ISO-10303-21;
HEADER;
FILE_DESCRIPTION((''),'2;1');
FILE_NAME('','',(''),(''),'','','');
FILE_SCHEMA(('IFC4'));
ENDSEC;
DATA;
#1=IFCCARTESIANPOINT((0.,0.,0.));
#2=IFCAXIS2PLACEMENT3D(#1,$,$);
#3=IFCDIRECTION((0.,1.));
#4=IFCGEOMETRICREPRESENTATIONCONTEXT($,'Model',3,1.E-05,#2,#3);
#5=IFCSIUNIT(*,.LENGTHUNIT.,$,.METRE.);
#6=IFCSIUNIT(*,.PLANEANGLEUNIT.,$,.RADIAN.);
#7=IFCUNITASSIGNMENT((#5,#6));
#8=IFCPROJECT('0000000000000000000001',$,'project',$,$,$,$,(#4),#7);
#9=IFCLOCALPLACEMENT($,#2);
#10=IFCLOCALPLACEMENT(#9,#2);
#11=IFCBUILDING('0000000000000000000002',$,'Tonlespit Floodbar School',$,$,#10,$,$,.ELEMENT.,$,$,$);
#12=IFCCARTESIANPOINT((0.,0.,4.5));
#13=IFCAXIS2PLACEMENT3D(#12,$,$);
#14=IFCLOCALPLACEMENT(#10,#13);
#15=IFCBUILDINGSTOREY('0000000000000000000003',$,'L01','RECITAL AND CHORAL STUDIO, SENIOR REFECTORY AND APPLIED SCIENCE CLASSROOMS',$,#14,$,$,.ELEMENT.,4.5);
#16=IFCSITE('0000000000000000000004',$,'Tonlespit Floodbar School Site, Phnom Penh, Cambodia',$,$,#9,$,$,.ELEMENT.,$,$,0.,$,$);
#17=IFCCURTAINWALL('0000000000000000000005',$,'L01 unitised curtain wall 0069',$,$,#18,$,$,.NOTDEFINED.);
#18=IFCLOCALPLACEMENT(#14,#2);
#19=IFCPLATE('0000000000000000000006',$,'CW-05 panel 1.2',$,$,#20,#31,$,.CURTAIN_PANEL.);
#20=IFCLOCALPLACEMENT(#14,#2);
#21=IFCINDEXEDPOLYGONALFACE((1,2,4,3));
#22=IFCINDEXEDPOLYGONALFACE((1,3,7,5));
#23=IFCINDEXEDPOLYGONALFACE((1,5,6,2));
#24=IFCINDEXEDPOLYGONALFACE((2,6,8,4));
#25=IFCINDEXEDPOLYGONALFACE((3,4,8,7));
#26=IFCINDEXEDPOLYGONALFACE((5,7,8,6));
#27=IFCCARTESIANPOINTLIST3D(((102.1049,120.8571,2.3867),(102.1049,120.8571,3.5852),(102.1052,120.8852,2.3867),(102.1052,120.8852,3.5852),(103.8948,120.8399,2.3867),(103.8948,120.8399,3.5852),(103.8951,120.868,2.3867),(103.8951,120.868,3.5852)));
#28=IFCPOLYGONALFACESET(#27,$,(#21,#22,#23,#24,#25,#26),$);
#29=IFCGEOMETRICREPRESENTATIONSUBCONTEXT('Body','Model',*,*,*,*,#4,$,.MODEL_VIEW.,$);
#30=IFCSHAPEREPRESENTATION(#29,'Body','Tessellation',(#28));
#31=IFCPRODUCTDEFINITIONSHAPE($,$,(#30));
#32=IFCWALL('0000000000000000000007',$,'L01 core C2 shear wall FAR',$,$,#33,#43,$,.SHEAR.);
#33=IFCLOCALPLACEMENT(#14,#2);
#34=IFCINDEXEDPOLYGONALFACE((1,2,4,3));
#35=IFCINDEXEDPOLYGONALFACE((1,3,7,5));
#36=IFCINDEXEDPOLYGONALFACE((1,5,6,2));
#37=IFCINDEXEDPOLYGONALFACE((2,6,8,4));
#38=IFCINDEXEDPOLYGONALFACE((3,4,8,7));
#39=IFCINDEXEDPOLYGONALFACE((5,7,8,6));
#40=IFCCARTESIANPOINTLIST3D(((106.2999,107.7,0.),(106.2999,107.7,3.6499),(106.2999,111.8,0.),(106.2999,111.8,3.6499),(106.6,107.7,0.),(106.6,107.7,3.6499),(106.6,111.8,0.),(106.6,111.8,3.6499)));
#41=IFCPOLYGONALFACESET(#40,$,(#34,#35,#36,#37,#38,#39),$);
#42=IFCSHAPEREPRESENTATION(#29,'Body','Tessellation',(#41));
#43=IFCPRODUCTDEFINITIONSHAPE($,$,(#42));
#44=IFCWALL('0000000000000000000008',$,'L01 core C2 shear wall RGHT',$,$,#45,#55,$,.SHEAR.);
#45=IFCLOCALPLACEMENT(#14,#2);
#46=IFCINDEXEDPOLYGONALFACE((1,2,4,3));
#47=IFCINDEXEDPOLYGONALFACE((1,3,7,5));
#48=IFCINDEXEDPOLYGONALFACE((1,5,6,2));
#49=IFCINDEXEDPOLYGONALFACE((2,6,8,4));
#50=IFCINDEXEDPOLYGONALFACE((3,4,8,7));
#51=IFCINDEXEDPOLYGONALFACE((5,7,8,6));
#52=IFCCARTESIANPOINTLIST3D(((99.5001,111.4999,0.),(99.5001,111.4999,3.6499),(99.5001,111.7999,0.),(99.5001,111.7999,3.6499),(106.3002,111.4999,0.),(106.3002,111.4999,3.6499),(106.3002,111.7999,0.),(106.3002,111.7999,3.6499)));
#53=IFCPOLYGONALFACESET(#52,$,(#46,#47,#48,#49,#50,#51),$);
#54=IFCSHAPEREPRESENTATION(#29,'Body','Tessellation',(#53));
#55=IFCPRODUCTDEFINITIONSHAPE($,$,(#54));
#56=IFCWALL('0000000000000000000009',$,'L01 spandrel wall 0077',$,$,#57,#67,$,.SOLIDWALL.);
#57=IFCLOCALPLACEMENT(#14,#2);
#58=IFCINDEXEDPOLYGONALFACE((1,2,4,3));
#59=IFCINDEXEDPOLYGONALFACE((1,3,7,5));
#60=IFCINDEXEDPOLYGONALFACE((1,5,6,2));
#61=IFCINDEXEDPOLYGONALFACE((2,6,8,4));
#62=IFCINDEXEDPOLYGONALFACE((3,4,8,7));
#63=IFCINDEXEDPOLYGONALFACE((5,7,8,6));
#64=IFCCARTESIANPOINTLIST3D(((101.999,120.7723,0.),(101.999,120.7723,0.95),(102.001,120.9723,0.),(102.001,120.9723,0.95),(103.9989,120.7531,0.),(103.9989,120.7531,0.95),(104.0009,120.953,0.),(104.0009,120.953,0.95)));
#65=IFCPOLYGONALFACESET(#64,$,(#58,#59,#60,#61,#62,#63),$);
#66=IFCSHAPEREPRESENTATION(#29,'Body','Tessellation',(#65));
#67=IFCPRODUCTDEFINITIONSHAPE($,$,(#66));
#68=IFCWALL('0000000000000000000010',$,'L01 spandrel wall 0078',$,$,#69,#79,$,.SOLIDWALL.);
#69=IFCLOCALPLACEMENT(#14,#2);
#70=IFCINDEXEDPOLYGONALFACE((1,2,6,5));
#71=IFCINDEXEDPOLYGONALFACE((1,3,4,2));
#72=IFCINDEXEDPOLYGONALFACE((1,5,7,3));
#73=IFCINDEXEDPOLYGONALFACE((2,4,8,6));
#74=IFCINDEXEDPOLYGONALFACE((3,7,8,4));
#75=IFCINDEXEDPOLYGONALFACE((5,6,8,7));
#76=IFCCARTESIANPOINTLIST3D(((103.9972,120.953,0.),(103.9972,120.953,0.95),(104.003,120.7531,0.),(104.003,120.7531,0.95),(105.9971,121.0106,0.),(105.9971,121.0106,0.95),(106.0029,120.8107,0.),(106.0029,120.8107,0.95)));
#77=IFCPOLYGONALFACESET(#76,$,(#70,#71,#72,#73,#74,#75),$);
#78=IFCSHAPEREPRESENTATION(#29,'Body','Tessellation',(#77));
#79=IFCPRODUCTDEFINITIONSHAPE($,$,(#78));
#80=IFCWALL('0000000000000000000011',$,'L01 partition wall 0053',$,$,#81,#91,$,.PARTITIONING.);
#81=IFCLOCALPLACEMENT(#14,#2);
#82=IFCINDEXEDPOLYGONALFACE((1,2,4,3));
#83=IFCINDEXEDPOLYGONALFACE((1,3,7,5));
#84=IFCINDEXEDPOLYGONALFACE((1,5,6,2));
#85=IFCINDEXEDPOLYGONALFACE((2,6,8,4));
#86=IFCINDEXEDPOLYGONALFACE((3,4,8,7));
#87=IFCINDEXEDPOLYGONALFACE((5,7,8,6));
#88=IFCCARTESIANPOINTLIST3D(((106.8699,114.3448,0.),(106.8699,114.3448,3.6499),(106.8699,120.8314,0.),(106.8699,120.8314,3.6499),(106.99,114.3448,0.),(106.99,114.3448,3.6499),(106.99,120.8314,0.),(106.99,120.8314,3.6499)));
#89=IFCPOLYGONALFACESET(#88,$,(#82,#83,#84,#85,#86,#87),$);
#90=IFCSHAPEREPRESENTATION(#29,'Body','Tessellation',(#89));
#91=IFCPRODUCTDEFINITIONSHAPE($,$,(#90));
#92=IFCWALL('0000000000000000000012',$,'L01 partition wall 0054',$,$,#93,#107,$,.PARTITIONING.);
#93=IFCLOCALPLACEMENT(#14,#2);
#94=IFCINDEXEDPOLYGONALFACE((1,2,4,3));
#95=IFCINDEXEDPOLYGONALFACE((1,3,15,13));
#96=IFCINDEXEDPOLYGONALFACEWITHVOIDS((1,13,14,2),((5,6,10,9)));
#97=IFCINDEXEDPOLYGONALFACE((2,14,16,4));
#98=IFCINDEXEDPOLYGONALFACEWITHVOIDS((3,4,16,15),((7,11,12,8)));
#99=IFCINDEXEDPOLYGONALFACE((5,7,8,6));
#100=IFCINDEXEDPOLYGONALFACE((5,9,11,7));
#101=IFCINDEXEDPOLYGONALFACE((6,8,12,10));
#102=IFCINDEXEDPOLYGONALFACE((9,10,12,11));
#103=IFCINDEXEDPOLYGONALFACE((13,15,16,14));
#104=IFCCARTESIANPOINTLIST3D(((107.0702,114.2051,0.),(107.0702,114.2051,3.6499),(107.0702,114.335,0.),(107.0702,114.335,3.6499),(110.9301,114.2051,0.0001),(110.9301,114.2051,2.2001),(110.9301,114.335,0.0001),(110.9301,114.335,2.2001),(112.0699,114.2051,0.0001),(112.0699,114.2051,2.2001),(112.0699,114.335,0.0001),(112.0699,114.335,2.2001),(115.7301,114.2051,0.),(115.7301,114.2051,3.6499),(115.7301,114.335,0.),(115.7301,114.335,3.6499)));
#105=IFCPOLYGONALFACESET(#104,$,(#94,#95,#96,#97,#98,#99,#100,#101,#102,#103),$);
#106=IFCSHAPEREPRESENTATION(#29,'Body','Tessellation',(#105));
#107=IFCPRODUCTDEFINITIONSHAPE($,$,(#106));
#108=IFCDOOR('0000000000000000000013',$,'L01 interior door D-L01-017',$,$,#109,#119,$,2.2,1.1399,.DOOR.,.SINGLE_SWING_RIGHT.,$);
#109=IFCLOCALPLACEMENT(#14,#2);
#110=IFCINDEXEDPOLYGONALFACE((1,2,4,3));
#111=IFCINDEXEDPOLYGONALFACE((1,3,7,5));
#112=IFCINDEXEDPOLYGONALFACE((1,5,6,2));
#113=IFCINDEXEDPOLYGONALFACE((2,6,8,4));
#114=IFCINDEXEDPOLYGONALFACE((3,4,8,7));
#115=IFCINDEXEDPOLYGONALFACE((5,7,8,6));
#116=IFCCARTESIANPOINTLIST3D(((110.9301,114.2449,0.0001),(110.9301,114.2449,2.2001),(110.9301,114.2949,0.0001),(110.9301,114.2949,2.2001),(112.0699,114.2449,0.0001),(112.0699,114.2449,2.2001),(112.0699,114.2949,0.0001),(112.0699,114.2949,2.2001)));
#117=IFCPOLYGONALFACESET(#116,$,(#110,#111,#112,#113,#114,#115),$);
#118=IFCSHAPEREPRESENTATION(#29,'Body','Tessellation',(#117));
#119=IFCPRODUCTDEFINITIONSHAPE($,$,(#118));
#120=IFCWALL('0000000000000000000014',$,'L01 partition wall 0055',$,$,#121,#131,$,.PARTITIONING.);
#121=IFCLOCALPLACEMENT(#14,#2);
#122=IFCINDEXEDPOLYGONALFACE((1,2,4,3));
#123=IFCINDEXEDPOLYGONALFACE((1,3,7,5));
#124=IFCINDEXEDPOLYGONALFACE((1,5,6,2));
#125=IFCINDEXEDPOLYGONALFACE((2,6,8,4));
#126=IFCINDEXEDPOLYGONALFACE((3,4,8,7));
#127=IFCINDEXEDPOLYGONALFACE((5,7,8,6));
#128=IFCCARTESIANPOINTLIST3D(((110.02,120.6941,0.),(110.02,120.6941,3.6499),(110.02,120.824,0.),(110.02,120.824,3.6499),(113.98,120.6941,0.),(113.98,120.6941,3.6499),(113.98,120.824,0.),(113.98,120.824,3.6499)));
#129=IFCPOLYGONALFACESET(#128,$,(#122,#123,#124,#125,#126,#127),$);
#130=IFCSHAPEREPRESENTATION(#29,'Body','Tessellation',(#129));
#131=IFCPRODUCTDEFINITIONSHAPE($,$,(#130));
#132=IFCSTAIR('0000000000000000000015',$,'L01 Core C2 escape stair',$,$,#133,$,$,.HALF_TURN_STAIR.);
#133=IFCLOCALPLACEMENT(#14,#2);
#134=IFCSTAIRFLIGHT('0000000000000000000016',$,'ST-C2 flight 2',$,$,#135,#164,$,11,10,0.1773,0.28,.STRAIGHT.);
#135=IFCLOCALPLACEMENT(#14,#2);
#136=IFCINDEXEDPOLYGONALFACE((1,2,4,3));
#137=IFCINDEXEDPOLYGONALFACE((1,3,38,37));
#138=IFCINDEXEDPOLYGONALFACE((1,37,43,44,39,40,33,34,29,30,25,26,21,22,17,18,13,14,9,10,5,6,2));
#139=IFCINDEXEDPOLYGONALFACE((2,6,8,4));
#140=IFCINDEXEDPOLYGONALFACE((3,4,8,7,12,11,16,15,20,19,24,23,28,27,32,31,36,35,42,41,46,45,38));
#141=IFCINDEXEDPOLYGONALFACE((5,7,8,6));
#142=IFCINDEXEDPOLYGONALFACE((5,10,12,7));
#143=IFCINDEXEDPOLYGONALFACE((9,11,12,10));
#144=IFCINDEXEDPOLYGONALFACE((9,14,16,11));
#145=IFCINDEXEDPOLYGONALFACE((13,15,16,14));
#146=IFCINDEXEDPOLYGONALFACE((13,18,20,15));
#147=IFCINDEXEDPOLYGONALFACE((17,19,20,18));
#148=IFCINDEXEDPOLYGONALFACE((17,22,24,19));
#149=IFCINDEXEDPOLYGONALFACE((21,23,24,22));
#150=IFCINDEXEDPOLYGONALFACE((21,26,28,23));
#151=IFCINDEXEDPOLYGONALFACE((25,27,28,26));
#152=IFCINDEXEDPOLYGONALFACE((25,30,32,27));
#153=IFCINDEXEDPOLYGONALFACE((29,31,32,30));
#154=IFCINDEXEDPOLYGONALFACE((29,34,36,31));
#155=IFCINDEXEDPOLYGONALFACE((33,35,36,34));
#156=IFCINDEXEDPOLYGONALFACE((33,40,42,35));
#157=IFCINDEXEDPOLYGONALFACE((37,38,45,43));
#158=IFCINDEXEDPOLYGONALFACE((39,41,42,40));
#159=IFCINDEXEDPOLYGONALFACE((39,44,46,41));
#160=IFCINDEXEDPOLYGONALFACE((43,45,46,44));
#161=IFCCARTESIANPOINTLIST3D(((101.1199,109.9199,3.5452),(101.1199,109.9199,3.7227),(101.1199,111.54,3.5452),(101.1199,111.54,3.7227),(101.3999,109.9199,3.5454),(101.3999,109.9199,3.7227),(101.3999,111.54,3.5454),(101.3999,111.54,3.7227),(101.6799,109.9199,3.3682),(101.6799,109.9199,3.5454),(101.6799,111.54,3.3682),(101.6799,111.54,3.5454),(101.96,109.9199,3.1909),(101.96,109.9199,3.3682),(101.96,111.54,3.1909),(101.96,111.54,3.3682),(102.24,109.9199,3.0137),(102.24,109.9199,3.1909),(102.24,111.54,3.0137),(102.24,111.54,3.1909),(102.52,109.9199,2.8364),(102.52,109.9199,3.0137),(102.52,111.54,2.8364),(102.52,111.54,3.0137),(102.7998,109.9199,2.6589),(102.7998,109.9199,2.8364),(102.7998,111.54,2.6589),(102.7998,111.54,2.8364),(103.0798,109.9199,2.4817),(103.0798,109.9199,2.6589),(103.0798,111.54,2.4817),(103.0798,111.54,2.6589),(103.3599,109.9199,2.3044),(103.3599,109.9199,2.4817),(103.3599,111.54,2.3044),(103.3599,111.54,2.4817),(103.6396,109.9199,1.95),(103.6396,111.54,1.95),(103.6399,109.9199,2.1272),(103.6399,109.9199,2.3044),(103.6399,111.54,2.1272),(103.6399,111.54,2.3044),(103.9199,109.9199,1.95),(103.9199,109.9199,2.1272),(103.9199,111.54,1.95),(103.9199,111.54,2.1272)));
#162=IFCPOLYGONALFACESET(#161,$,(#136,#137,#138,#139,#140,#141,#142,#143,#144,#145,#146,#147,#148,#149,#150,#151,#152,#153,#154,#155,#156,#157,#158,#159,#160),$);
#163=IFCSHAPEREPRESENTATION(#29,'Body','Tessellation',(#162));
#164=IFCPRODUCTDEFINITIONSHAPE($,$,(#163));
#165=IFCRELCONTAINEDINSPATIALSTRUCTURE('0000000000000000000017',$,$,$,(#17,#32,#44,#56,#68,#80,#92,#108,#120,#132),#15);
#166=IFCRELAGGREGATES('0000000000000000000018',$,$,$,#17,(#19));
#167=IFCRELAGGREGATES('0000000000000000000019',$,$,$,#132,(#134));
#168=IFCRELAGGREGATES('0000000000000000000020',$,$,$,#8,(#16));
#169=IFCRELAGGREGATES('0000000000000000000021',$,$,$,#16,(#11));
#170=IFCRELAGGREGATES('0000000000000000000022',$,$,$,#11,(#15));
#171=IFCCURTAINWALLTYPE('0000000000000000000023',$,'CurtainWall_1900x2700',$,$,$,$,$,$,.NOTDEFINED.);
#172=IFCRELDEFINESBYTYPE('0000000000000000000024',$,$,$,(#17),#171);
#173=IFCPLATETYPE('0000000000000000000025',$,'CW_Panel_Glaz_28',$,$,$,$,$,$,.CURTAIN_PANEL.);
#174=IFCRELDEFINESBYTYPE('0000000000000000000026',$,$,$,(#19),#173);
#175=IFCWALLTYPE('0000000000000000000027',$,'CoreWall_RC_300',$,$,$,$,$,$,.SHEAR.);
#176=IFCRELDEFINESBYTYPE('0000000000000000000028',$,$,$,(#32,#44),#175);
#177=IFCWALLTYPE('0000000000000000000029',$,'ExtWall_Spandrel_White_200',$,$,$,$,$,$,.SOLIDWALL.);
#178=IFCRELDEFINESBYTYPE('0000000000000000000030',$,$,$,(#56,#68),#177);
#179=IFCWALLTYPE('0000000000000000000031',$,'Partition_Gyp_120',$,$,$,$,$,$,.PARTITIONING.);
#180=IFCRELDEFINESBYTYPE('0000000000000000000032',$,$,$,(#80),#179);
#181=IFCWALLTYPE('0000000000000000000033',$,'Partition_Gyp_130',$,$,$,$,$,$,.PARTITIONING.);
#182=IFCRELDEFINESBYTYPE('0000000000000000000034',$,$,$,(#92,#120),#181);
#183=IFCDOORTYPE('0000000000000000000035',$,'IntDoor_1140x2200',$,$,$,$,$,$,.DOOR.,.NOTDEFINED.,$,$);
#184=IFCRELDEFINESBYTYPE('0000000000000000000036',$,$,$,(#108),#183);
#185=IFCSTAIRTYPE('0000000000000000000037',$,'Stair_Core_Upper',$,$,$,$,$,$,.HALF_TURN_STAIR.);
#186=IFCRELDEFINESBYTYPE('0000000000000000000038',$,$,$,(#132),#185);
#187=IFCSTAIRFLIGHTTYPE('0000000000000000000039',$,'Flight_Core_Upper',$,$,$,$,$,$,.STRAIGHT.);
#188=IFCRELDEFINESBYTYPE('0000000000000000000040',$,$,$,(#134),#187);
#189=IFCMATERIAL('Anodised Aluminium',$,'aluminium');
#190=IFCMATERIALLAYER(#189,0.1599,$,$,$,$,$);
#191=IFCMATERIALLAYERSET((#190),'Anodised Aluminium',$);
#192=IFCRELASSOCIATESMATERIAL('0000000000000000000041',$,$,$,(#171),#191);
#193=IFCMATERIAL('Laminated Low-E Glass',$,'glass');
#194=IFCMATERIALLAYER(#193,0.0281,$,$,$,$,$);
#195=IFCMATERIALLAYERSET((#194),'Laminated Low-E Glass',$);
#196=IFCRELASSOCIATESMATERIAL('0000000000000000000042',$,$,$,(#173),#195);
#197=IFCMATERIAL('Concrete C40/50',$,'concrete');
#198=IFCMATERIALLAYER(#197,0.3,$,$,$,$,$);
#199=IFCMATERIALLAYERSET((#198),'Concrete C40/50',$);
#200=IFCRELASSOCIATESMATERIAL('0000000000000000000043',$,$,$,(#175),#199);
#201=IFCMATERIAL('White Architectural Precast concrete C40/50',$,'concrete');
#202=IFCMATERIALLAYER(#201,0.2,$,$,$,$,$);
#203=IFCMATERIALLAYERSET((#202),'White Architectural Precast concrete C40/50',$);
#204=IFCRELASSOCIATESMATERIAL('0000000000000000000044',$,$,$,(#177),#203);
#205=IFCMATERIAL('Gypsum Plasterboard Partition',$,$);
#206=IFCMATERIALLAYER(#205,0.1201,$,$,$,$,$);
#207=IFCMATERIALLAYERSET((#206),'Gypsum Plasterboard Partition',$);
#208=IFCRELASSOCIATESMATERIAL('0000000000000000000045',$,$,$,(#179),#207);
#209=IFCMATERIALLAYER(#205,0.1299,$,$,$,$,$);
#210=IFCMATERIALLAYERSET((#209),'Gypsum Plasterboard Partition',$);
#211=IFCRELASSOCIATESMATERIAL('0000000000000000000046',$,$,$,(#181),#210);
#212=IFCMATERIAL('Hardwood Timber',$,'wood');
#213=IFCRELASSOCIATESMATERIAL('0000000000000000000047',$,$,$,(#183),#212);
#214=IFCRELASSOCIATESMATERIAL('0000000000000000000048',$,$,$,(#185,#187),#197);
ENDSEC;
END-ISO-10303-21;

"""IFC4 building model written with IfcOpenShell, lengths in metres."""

from ifc_helpers import new_model, si_unit, direction, frame, frame_2d, origin, origin_2d, place, context, subcontext, project, spatial, polyline, rectangle, outline, extrude, material, layer, layer_set, type_object, element, fill, aggregate, save


model = new_model("IFC4")

# Units and contexts
model_context = context("Model", 3, precision=1e-05, world=origin(), true_north=direction((0.0, 1.0)))
body_context = subcontext(model_context, "Body", "Model", "MODEL_VIEW")
ifc_project = project(units=[si_unit("LENGTHUNIT", "METRE"), si_unit("PLANEANGLEUNIT", "RADIAN")], contexts=[model_context])

# Site, building, storey
site_placement = place(None, origin())
site = spatial("IfcSite", under=ifc_project, at=site_placement, Name="Tonlespit Floodbar School Site, Phnom Penh, Cambodia", CompositionType="ELEMENT", RefElevation=0.0)
building_placement = place(site_placement, origin())
building = spatial("IfcBuilding", under=site, at=building_placement, Name="Tonlespit Floodbar School", CompositionType="ELEMENT")
storey_placement = place(building_placement, frame((0.0, 0.0, 4.5)))
storey = spatial("IfcBuildingStorey", under=building, at=storey_placement, Name="L01", Description="RECITAL AND CHORAL STUDIO, SENIOR REFECTORY AND APPLIED SCIENCE CLASSROOMS", CompositionType="ELEMENT", Elevation=4.5)

# Shared definitions
ifc_material_1 = material(Name="Concrete C40/50", Category="concrete")

# Shared definitions
ifc_material_2 = material(Name="Anodised Aluminium", Category="aluminium")
ifc_layer_1 = layer(ifc_material_2, 0.1599)
ifc_layer_set_1 = layer_set([ifc_layer_1], Name="Anodised Aluminium")
curtain_wall_type = type_object("IfcCurtainWallType", Name="CurtainWall_1900x2700", PredefinedType="NOTDEFINED", material=ifc_layer_set_1)

# Curtain wall
curtain_wall_1_placement = place(storey_placement, origin())
curtain_wall_1 = element("IfcCurtainWall", 1, at=curtain_wall_1_placement, inside=storey, type_object=curtain_wall_type, Name="L01 unitised curtain wall 0069", PredefinedType="NOTDEFINED")

# Plate
ifc_material_3 = material(Name="Laminated Low-E Glass", Category="glass")
ifc_layer_2 = layer(ifc_material_3, 0.0281)
ifc_layer_set_2 = layer_set([ifc_layer_2], Name="Laminated Low-E Glass")
plate_type = type_object("IfcPlateType", Name="CW_Panel_Glaz_28", PredefinedType="CURTAIN_PANEL", material=ifc_layer_set_2)
plate_1_placement = place(storey_placement, frame((103.0, 120.8625, 2.3867), z_axis=(0.0, 0.0, 1.0), x_axis=(0.999954, -0.009583, 0.0)))
plate_1 = element("IfcPlate", 2, at=plate_1_placement, type_object=plate_type, Name="CW-05 panel 1.2", PredefinedType="CURTAIN_PANEL", context=body_context, shape_type="SweptSolid", body=[
    extrude(rectangle(XDim=1.79, YDim=0.0281, at=origin_2d()), origin(), (0.0, 0.0, 1.0), 1.1985),
])
aggregate(curtain_wall_1, [plate_1])

# Walls
ifc_layer_3 = layer(ifc_material_1, 0.3)
ifc_layer_set_3 = layer_set([ifc_layer_3], Name="Concrete C40/50")
wall_type_1 = type_object("IfcWallType", Name="CoreWall_RC_300", PredefinedType="SHEAR", material=ifc_layer_set_3)
wall_1_placement = place(storey_placement, frame((106.45, 111.8, 0.0), z_axis=(0.0, 0.0, 1.0), x_axis=(0.0, -1.0, 0.0)))
element("IfcWall", 3, at=wall_1_placement, inside=storey, type_object=wall_type_1, Name="L01 core C2 shear wall FAR", PredefinedType="SHEAR", context=body_context, shape_type="SweptSolid", body=[
    extrude(rectangle(XDim=4.1001, YDim=0.3, at=frame_2d((2.05, 0.0))), origin(), (0.0, 0.0, 1.0), 3.6499),
])
wall_2_placement = place(storey_placement, frame((106.3, 111.6499, 0.0), z_axis=(0.0, 0.0, 1.0), x_axis=(-1.0, 0.0, 0.0)))
element("IfcWall", 4, at=wall_2_placement, inside=storey, type_object=wall_type_1, Name="L01 core C2 shear wall RGHT", PredefinedType="SHEAR", context=body_context, shape_type="SweptSolid", body=[
    extrude(rectangle(XDim=6.8, YDim=0.3, at=frame_2d((3.3999, 0.0))), origin(), (0.0, 0.0, 1.0), 3.6499),
])
ifc_material_4 = material(Name="White Architectural Precast concrete C40/50", Category="concrete")
ifc_layer_4 = layer(ifc_material_4, 0.2)
ifc_layer_set_4 = layer_set([ifc_layer_4], Name="White Architectural Precast concrete C40/50")
wall_type_2 = type_object("IfcWallType", Name="ExtWall_Spandrel_White_200", PredefinedType="SOLIDWALL", material=ifc_layer_set_4)
wall_3_placement = place(storey_placement, frame((102.0, 120.8723, 0.0), z_axis=(0.0, 0.0, 1.0), x_axis=(0.999954, -0.009643, 0.0)))
element("IfcWall", 5, at=wall_3_placement, inside=storey, type_object=wall_type_2, Name="L01 spandrel wall 0077", PredefinedType="SOLIDWALL", context=body_context, shape_type="SweptSolid", body=[
    extrude(rectangle(XDim=2.0, YDim=0.2, at=frame_2d((1.0, 0.0))), origin(), (0.0, 0.0, 1.0), 0.95),
])
wall_4_placement = place(storey_placement, frame((104.0, 120.853, 0.0), z_axis=(0.0, 0.0, 1.0), x_axis=(0.999585, 0.028797, 0.0)))
element("IfcWall", 6, at=wall_4_placement, inside=storey, type_object=wall_type_2, Name="L01 spandrel wall 0078", PredefinedType="SOLIDWALL", context=body_context, shape_type="SweptSolid", body=[
    extrude(rectangle(XDim=2.0007, YDim=0.2, at=frame_2d((1.0005, 0.0))), origin(), (0.0, 0.0, 1.0), 0.95),
])
ifc_material_5 = material(Name="Gypsum Plasterboard Partition")
ifc_layer_5 = layer(ifc_material_5, 0.1201)
ifc_layer_set_5 = layer_set([ifc_layer_5], Name="Gypsum Plasterboard Partition")
wall_type_3 = type_object("IfcWallType", Name="Partition_Gyp_120", PredefinedType="PARTITIONING", material=ifc_layer_set_5)
wall_5_placement = place(storey_placement, frame((106.9299, 114.345, 0.0), z_axis=(0.0, 0.0, 1.0), x_axis=(0.0, 1.0, 0.0)))
element("IfcWall", 7, at=wall_5_placement, inside=storey, type_object=wall_type_3, Name="L01 partition wall 0053", PredefinedType="PARTITIONING", context=body_context, shape_type="SweptSolid", body=[
    extrude(rectangle(XDim=6.4866, YDim=0.1201, at=frame_2d((3.2432, 0.0))), origin(), (0.0, 0.0, 1.0), 3.6499),
])

# Wall, opening, door
ifc_layer_6 = layer(ifc_material_5, 0.1299)
ifc_layer_set_6 = layer_set([ifc_layer_6], Name="Gypsum Plasterboard Partition")
wall_type_4 = type_object("IfcWallType", Name="Partition_Gyp_130", PredefinedType="PARTITIONING", material=ifc_layer_set_6)
wall_6_placement = place(storey_placement, frame((107.0701, 114.27, 0.0), z_axis=(0.0, 0.0, 1.0), x_axis=(1.0, 0.0, 0.0)))
wall_6 = element("IfcWall", 8, at=wall_6_placement, inside=storey, type_object=wall_type_4, Name="L01 partition wall 0054", PredefinedType="PARTITIONING", context=body_context, shape_type="SweptSolid", body=[
    extrude(rectangle(XDim=8.6599, YDim=0.1299, at=frame_2d((4.3301, 0.0))), origin(), (0.0, 0.0, 1.0), 3.6499),
])
opening_placement = place(wall_6_placement, frame((3.8601, 0.0, 0.0)))
opening = element("IfcOpeningElement", 9, at=opening_placement, cuts=wall_6, PredefinedType="OPENING", context=body_context, shape_type="SweptSolid", body=[
    extrude(rectangle(XDim=1.1399, YDim=2.2, at=frame_2d((0.5698, 1.1001))), frame((0.0, 0.075, 0.0), z_axis=(0.0, -1.0, 0.0), x_axis=(1.0, 0.0, 0.0)), (0.0, 0.0, 1.0), 0.1499),
])
ifc_material_6 = material(Name="Hardwood Timber", Category="wood")
door_type = type_object("IfcDoorType", Name="IntDoor_1140x2200", OperationType="NOTDEFINED", PredefinedType="DOOR", material=ifc_material_6)
door_placement = place(opening_placement, origin())
door = element("IfcDoor", 10, at=door_placement, inside=storey, type_object=door_type, Name="L01 interior door D-L01-017", OperationType="SINGLE_SWING_RIGHT", OverallHeight=2.2, OverallWidth=1.1399, PredefinedType="DOOR", context=body_context, shape_type="SweptSolid", body=[
    extrude(rectangle(XDim=1.1399, YDim=2.2, at=frame_2d((0.5698, 1.1001))), frame((0.0, 0.0249, 0.0), z_axis=(0.0, -1.0, 0.0), x_axis=(1.0, 0.0, 0.0)), (0.0, 0.0, 1.0), 0.05),
])
fill(opening, door)

# Wall
wall_7_placement = place(storey_placement, frame((110.02, 120.759, 0.0), z_axis=(0.0, 0.0, 1.0), x_axis=(1.0, 0.0, 0.0)))
element("IfcWall", 11, at=wall_7_placement, inside=storey, type_object=wall_type_4, Name="L01 partition wall 0055", PredefinedType="PARTITIONING", context=body_context, shape_type="SweptSolid", body=[
    extrude(rectangle(XDim=3.96, YDim=0.1299, at=frame_2d((1.98, 0.0))), origin(), (0.0, 0.0, 1.0), 3.6499),
])

# Stair, stair flight
stair_type = type_object("IfcStairType", Name="Stair_Core_Upper", PredefinedType="HALF_TURN_STAIR", material=ifc_material_1)
stair_placement = place(storey_placement, origin())
stair = element("IfcStair", 12, at=stair_placement, inside=storey, type_object=stair_type, Name="L01 Core C2 escape stair", PredefinedType="HALF_TURN_STAIR")
stair_flight_type = type_object("IfcStairFlightType", Name="Flight_Core_Upper", PredefinedType="STRAIGHT", material=ifc_material_1)
stair_flight_placement = place(storey_placement, frame((103.9199, 110.73, 1.95), z_axis=(0.0, 0.0, 1.0), x_axis=(-1.0, 0.0, 0.0)))
stair_flight = element("IfcStairFlight", 13, at=stair_flight_placement, type_object=stair_flight_type, Name="ST-C2 flight 2", NumberOfRisers=11, NumberOfTreads=10, PredefinedType="STRAIGHT", RiserHeight=0.1773, TreadLength=0.28, context=body_context, shape_type="SweptSolid", body=[
    extrude(outline(polyline([(0.0, 0.0), (0.0, 0.1772), (0.28, 0.1772), (0.28, 0.3545), (0.5601, 0.3545), (0.5601, 0.5317), (0.8401, 0.5317), (0.8401, 0.709), (1.1201, 0.709), (1.1201, 0.8865), (1.3999, 0.8865), (1.3999, 1.0637), (1.6799, 1.0637), (1.6799, 1.241), (1.96, 1.241), (1.96, 1.4182), (2.24, 1.4182), (2.24, 1.5955), (2.52, 1.5955), (2.52, 1.7727), (2.8, 1.7727), (2.8, 1.95), (2.8, 1.5952), (0.2803, 0.0), (0.0, 0.0)])), frame((0.0, 0.8101, 0.0), z_axis=(0.0, -1.0, 0.0), x_axis=(1.0, 0.0, 0.0)), (0.0, 0.0, 1.0), 1.6201),
])
aggregate(stair, [stair_flight])

save(model, "model.ifc")
